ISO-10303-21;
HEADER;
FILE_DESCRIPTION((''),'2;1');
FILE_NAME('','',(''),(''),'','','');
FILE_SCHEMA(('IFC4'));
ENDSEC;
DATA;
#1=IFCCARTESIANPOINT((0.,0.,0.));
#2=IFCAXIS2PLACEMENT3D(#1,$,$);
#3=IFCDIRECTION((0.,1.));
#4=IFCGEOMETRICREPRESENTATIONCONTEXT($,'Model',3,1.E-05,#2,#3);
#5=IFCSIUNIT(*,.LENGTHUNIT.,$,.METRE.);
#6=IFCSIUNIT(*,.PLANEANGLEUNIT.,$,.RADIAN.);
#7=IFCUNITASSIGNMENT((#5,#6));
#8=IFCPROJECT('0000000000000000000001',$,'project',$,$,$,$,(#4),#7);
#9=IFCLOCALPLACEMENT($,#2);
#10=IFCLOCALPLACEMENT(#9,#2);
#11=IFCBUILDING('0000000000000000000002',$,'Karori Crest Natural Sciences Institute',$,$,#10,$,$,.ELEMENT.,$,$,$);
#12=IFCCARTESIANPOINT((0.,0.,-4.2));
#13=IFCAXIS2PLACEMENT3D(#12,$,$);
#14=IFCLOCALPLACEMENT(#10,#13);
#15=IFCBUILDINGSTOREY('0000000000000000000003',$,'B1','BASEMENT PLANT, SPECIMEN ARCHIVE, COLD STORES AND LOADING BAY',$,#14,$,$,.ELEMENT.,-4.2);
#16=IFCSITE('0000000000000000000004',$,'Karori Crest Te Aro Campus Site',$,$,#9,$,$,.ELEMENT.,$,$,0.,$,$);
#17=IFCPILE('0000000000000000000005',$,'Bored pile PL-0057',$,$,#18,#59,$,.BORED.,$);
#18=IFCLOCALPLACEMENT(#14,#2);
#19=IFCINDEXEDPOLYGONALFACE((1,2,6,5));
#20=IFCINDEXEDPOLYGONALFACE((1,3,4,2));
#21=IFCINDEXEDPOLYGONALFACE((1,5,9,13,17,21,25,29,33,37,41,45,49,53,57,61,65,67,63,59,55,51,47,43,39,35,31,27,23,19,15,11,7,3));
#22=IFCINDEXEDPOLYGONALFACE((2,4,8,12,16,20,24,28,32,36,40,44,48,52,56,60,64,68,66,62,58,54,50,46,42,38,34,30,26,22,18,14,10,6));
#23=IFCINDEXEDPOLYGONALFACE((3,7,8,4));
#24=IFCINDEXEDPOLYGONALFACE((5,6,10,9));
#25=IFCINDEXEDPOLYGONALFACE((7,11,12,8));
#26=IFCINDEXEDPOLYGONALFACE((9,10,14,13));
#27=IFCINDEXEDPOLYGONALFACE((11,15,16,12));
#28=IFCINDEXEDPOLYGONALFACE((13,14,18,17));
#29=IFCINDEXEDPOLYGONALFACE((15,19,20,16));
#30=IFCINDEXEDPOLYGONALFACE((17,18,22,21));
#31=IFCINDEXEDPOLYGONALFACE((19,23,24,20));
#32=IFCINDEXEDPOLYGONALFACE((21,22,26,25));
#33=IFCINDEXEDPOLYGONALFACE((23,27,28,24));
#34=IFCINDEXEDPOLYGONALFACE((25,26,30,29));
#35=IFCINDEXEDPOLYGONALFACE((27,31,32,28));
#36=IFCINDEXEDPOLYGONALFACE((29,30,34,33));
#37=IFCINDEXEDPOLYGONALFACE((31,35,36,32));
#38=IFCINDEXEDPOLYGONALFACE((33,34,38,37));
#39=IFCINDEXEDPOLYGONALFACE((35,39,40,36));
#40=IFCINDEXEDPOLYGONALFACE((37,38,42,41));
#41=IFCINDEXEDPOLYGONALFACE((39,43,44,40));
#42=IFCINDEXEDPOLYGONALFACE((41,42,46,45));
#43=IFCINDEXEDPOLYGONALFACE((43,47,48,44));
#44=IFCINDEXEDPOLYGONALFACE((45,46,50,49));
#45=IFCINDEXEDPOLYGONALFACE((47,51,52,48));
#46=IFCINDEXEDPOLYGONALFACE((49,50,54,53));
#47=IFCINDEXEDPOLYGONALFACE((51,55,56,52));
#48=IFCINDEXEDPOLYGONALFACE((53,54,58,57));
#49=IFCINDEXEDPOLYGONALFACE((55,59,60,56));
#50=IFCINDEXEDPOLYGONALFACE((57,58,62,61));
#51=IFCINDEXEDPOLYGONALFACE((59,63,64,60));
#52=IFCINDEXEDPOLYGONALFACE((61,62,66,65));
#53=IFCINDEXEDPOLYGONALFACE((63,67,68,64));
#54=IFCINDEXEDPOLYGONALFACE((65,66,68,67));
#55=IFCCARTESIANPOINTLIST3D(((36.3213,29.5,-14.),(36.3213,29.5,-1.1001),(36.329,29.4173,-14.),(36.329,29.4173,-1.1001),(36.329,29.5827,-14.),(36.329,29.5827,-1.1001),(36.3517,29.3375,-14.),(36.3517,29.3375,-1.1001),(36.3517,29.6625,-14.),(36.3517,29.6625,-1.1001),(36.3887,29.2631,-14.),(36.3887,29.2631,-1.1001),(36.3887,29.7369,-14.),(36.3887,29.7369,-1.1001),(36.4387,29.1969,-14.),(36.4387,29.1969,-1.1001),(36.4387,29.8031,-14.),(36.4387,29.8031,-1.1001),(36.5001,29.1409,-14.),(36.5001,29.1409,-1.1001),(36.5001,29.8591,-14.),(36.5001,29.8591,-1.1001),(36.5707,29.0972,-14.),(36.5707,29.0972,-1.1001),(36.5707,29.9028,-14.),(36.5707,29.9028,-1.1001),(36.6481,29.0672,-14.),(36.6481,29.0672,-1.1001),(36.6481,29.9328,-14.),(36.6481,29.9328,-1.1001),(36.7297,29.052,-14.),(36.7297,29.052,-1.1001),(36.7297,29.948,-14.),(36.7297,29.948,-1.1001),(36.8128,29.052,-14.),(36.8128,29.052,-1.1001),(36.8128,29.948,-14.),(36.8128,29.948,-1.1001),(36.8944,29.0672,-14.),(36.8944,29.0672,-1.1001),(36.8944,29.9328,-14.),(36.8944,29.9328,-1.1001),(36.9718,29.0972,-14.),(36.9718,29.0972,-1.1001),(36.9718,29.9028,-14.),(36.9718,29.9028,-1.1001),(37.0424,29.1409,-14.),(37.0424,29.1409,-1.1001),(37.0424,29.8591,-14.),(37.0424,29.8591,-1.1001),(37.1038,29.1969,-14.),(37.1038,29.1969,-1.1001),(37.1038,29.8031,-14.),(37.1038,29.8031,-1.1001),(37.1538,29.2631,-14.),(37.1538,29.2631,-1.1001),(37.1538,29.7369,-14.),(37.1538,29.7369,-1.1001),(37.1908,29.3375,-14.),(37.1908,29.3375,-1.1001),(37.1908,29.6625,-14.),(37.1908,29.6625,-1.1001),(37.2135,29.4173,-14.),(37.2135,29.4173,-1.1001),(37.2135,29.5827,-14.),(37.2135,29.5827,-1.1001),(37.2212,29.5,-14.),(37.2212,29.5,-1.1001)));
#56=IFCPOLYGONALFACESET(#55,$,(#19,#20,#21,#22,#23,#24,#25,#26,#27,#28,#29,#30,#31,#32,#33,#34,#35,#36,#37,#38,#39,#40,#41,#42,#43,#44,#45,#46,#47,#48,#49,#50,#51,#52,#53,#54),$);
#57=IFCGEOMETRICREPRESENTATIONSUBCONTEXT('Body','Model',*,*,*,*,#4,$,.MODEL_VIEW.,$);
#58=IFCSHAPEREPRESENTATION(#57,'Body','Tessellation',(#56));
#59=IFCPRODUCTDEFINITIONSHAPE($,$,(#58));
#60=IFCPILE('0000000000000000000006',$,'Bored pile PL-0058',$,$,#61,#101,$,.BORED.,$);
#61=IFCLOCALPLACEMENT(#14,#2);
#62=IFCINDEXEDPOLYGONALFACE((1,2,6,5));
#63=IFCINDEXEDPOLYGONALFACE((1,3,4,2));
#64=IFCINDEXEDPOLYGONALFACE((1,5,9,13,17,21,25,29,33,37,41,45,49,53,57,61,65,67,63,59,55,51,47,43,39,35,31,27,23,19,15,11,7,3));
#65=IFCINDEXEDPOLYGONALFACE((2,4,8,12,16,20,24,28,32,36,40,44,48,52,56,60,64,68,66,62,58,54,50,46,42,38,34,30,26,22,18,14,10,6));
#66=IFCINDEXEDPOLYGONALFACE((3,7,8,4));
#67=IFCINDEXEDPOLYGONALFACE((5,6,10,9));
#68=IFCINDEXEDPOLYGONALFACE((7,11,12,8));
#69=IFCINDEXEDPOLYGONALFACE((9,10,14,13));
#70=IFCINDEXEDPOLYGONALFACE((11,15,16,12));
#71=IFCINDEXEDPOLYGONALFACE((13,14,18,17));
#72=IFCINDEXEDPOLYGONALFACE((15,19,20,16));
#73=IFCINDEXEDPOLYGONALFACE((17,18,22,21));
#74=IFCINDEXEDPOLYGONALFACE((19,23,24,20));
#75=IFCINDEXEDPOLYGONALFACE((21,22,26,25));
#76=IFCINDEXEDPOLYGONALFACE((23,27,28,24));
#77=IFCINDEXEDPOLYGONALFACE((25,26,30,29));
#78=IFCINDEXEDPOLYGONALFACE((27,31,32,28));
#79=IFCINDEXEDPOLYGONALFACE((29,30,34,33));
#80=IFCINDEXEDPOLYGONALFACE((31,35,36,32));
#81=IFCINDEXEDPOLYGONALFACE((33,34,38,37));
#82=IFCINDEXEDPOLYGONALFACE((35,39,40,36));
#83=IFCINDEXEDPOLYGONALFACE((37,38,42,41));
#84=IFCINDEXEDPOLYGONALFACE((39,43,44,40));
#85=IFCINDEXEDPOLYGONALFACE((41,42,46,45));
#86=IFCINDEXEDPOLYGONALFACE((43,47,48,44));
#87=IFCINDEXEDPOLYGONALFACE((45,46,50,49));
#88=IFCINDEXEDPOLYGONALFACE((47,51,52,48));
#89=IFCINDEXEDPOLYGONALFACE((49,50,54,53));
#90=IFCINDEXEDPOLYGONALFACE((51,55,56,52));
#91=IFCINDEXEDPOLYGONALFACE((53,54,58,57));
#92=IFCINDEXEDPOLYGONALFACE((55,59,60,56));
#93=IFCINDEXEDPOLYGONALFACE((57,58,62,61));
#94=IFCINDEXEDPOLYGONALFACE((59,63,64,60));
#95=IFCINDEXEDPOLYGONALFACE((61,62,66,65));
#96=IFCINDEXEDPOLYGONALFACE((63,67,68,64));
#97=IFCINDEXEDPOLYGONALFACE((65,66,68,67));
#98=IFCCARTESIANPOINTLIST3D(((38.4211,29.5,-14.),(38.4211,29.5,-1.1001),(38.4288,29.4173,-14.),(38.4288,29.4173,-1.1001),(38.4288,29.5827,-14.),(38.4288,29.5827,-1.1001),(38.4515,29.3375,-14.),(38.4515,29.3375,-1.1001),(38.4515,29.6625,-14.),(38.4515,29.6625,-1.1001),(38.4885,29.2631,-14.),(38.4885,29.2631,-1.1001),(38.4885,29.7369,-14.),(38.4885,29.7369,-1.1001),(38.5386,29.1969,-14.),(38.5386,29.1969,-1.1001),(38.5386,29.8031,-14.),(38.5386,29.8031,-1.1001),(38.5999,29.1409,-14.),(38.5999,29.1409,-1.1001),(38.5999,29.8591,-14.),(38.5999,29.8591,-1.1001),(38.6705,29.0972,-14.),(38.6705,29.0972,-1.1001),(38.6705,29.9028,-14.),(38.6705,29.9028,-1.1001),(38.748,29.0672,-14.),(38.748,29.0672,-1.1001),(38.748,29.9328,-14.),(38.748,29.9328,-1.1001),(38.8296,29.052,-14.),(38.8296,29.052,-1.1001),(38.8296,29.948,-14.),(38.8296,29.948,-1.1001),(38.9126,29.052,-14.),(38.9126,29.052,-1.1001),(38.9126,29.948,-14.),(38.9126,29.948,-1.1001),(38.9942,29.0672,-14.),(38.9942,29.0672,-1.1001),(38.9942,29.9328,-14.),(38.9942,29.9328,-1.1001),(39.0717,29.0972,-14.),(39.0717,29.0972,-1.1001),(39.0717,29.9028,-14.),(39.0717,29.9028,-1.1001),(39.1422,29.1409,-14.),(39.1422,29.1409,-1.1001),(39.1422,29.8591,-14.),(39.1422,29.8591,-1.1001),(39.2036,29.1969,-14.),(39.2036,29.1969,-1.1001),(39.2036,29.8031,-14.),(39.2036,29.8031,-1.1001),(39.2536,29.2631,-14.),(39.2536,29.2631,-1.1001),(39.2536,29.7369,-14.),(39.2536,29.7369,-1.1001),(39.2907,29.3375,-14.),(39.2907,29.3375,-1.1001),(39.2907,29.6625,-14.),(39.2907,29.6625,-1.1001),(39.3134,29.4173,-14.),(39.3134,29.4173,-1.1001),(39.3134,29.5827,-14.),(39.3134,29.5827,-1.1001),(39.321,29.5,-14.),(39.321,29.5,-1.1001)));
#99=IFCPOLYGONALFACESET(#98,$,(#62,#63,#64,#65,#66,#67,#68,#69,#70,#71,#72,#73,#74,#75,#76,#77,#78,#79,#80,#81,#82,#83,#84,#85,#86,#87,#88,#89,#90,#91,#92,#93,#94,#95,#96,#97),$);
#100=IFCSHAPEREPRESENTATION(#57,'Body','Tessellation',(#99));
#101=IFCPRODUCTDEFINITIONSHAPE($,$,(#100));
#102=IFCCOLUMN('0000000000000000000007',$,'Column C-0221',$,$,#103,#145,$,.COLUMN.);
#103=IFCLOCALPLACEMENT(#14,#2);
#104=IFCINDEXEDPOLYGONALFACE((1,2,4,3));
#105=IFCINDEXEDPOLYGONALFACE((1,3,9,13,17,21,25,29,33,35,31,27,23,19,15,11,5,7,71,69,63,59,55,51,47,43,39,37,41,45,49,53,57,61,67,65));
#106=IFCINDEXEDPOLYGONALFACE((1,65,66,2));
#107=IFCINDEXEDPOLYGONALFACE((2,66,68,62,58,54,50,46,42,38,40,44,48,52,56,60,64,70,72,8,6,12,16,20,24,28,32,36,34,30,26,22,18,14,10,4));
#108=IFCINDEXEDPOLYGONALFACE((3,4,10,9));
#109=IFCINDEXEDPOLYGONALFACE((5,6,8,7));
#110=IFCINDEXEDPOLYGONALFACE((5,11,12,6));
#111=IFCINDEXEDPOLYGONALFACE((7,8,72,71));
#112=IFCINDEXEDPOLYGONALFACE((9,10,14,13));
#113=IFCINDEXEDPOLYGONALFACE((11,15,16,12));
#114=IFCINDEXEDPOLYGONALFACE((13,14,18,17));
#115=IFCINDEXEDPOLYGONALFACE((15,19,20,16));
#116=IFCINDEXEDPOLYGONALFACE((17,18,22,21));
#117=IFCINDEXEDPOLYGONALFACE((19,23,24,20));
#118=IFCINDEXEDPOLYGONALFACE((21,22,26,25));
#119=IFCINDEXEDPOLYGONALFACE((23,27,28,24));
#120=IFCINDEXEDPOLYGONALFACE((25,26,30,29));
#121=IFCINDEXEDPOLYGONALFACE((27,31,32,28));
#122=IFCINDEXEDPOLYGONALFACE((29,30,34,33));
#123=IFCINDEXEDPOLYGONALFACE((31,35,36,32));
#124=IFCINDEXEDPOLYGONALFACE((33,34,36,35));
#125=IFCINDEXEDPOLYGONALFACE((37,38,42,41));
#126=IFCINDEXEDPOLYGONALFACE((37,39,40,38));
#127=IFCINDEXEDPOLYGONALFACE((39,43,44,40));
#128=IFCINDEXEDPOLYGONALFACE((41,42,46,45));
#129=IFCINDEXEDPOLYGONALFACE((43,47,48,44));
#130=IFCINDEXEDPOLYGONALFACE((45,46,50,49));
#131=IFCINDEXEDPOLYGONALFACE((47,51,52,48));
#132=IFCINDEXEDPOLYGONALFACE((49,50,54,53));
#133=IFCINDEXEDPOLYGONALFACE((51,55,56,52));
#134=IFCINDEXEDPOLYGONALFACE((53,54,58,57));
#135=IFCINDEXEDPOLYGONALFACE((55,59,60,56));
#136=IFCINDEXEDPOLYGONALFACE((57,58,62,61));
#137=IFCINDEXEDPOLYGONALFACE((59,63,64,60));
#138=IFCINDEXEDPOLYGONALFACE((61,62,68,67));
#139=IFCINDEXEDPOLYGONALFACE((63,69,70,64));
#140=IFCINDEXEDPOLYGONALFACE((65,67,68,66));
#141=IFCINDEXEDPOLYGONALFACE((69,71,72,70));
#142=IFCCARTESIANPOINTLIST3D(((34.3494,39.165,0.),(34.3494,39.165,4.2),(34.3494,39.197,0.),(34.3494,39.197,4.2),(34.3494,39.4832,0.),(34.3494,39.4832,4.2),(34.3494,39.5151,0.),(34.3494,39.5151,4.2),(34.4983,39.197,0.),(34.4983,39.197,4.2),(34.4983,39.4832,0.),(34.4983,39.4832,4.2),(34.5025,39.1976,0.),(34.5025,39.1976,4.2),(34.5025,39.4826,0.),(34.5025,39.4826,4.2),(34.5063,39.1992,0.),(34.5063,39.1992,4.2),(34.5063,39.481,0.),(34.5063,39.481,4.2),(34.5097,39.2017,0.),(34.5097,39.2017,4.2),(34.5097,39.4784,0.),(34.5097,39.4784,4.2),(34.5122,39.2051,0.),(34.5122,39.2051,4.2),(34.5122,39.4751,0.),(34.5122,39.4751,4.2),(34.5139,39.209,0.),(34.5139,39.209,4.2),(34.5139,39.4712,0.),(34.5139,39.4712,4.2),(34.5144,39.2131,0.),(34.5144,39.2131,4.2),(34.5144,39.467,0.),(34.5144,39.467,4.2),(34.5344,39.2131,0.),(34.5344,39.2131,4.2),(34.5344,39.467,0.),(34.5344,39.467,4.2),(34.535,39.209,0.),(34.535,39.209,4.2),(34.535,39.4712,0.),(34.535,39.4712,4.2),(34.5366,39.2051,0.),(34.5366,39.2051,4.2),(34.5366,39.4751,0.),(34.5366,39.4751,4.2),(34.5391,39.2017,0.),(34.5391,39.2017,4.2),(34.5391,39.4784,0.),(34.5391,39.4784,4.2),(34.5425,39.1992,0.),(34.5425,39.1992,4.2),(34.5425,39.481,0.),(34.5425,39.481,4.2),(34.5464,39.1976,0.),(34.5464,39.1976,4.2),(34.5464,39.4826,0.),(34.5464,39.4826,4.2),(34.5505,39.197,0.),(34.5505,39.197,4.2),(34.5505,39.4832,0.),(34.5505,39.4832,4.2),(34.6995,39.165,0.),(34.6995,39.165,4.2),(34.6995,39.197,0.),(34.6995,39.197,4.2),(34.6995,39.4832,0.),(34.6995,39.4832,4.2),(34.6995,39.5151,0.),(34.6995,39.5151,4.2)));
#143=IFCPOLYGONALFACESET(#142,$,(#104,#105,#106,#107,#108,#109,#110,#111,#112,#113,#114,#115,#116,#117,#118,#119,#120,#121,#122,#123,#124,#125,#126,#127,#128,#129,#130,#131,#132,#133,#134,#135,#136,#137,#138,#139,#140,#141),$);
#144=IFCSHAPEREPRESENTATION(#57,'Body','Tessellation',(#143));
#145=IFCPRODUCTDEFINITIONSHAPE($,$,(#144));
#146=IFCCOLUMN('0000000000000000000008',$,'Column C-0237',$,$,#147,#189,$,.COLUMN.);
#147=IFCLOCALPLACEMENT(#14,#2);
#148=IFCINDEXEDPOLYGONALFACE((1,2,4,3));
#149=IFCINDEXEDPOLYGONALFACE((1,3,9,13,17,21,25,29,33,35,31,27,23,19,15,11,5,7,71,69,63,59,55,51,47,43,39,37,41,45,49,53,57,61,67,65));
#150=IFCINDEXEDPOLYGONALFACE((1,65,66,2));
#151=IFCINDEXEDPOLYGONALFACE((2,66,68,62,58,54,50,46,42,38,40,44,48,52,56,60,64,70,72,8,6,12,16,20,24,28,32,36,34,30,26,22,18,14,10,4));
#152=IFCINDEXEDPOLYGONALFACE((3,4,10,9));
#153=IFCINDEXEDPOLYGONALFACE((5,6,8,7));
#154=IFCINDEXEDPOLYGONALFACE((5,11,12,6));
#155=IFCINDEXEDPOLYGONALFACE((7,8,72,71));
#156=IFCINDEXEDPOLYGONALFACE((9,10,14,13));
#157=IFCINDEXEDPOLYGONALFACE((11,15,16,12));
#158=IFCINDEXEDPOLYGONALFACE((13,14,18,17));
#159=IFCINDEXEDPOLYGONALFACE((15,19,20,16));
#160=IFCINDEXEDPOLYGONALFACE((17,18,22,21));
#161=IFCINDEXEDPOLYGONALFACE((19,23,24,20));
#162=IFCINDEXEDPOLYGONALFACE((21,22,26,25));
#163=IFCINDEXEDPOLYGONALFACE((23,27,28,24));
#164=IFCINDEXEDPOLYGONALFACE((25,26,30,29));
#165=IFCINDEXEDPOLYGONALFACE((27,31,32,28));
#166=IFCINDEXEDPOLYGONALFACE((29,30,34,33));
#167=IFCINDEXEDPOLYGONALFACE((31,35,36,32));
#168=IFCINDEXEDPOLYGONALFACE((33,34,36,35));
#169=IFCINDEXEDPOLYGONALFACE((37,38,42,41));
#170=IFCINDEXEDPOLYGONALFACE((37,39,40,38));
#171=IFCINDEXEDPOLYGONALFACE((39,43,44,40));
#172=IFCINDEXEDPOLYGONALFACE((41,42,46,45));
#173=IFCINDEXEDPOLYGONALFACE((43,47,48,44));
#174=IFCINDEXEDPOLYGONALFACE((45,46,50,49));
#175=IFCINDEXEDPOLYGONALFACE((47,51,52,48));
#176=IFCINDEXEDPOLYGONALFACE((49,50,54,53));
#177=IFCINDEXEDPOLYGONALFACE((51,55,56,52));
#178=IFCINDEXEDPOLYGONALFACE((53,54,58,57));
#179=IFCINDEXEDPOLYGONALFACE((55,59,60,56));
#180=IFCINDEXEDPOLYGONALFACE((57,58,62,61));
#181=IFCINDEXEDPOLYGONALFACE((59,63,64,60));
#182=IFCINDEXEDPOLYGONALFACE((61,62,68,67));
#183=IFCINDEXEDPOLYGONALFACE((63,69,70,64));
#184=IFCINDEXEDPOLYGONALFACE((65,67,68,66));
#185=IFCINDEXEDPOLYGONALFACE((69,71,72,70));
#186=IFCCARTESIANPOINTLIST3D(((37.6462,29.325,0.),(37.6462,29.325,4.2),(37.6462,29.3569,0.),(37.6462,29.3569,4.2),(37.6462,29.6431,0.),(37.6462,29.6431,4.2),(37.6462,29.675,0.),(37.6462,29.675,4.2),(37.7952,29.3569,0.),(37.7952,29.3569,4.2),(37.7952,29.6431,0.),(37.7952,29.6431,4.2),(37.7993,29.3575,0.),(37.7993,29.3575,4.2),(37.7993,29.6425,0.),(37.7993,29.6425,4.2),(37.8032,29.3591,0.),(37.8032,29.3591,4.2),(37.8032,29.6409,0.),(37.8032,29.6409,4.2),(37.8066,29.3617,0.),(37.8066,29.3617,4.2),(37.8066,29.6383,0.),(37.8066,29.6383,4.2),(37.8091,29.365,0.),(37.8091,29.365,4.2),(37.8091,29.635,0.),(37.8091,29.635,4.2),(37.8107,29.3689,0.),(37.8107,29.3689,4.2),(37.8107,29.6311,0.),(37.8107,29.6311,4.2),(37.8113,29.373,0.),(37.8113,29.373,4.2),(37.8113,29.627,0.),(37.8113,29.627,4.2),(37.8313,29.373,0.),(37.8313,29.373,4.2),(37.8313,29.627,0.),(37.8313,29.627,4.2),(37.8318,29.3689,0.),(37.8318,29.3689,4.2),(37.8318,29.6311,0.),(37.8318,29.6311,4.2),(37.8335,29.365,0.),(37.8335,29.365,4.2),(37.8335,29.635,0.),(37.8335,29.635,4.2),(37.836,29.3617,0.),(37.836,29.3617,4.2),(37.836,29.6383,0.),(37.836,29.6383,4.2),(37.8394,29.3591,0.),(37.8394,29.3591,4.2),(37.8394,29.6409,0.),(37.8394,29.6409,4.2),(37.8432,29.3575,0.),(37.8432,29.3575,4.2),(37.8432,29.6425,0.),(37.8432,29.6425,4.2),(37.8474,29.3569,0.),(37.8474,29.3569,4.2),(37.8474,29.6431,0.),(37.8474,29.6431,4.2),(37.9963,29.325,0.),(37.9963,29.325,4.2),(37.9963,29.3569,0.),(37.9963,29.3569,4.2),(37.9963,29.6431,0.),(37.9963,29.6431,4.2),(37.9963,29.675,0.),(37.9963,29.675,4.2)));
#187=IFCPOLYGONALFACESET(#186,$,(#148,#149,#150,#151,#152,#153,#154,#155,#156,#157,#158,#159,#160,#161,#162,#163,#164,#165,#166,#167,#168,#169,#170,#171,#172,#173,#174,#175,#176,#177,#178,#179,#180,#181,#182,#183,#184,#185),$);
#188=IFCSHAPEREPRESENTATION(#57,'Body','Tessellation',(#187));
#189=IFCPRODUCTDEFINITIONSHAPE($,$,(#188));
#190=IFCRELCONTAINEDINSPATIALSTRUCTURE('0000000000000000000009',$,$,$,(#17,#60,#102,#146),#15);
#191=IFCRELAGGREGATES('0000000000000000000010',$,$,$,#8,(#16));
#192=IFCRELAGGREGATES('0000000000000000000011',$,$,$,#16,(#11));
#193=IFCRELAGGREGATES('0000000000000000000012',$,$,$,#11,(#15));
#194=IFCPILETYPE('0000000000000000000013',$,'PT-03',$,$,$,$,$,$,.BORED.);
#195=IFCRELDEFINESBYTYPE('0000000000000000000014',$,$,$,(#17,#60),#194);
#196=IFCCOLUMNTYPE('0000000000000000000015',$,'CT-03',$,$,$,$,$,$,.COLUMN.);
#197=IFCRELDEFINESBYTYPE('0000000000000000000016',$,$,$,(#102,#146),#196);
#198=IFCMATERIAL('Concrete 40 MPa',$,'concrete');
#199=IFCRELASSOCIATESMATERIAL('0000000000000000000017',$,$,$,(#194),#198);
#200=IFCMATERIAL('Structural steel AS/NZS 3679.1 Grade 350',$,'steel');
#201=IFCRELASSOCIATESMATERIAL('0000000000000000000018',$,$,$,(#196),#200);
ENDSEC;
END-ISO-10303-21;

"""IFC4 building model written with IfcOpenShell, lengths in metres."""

from ifc_helpers import new_model, si_unit, direction, frame, origin, origin_2d, place, context, subcontext, project, spatial, circle, i_section, extrude, material, material_profile, profile_set, type_object, element, save


model = new_model("IFC4")

# Units and contexts
model_context = context("Model", 3, precision=1e-05, world=origin(), true_north=direction((0.0, 1.0)))
body_context = subcontext(model_context, "Body", "Model", "MODEL_VIEW")
ifc_project = project(units=[si_unit("LENGTHUNIT", "METRE"), si_unit("PLANEANGLEUNIT", "RADIAN")], contexts=[model_context])

# Site, building, storey
site_placement = place(None, origin())
site = spatial("IfcSite", under=ifc_project, at=site_placement, Name="Karori Crest Te Aro Campus Site", CompositionType="ELEMENT", RefElevation=0.0)
building_placement = place(site_placement, origin())
building = spatial("IfcBuilding", under=site, at=building_placement, Name="Karori Crest Natural Sciences Institute", CompositionType="ELEMENT")
storey_placement = place(building_placement, frame((0.0, 0.0, -4.2)))
storey = spatial("IfcBuildingStorey", under=building, at=storey_placement, Name="B1", Description="BASEMENT PLANT, SPECIMEN ARCHIVE, COLD STORES AND LOADING BAY", CompositionType="ELEMENT", Elevation=-4.2)

# Shared definitions
ifc_material_1 = material(Name="Concrete 40 MPa", Category="concrete")

# Piles
ifc_material_profile_1 = material_profile(ifc_material_1, circle(Radius=0.45, at=origin_2d()), Name="PILE900")
ifc_profile_set_1 = profile_set([ifc_material_profile_1], Name="Concrete 40 MPa")
pile_type_1 = type_object("IfcPileType", Name="PT-03", PredefinedType="BORED", material=ifc_profile_set_1)
for number, where, z_axis, x_axis, name in (
    (1, (36.7712, 29.5, -1.1001), (0.0, 0.0, -1.0), (1.0, 0.0, 0.0), "Bored pile PL-0057"),
    (2, (38.8711, 29.5, -1.1001), (0.0, 0.0, -1.0), (1.0, 0.0, 0.0), "Bored pile PL-0058"),
):
    element("IfcPile", number, at=place(storey_placement, frame(where, z_axis=z_axis, x_axis=x_axis)), inside=storey, type_object=pile_type_1, Name=name, PredefinedType="BORED", context=body_context, shape_type="SweptSolid", body=[
        extrude(circle(Radius=0.45, at=origin_2d()), origin(), (0.0, 0.0, 1.0), 12.8999),
    ])

# Columns
ifc_material_2 = material(Name="Structural steel AS/NZS 3679.1 Grade 350", Category="steel")
ifc_material_profile_2 = material_profile(ifc_material_2, i_section(OverallWidth=0.3501, OverallDepth=0.3501, WebThickness=0.02, FlangeThickness=0.032, FilletRadius=0.0161, at=origin_2d()), Name="350WC280")
ifc_profile_set_2 = profile_set([ifc_material_profile_2], Name="Structural steel AS/NZS 3679.1 Grade 350")
column_type_1 = type_object("IfcColumnType", Name="CT-03", PredefinedType="COLUMN", material=ifc_profile_set_2)
for number, where, z_axis, x_axis, name in (
    (3, (34.5244, 39.3401, 0.0), (0.0, 0.0, 1.0), (1.0, 0.0, 0.0), "Column C-0221"),
    (4, (37.8213, 29.5, 0.0), (0.0, 0.0, 1.0), (1.0, 0.0, 0.0), "Column C-0237"),
):
    element("IfcColumn", number, at=place(storey_placement, frame(where, z_axis=z_axis, x_axis=x_axis)), inside=storey, type_object=column_type_1, Name=name, PredefinedType="COLUMN", context=body_context, shape_type="SweptSolid", body=[
        extrude(i_section(OverallWidth=0.3501, OverallDepth=0.3501, WebThickness=0.02, FlangeThickness=0.032, FilletRadius=0.0161, at=origin_2d()), origin(), (0.0, 0.0, 1.0), 4.2),
    ])

save(model, "model.ifc")
